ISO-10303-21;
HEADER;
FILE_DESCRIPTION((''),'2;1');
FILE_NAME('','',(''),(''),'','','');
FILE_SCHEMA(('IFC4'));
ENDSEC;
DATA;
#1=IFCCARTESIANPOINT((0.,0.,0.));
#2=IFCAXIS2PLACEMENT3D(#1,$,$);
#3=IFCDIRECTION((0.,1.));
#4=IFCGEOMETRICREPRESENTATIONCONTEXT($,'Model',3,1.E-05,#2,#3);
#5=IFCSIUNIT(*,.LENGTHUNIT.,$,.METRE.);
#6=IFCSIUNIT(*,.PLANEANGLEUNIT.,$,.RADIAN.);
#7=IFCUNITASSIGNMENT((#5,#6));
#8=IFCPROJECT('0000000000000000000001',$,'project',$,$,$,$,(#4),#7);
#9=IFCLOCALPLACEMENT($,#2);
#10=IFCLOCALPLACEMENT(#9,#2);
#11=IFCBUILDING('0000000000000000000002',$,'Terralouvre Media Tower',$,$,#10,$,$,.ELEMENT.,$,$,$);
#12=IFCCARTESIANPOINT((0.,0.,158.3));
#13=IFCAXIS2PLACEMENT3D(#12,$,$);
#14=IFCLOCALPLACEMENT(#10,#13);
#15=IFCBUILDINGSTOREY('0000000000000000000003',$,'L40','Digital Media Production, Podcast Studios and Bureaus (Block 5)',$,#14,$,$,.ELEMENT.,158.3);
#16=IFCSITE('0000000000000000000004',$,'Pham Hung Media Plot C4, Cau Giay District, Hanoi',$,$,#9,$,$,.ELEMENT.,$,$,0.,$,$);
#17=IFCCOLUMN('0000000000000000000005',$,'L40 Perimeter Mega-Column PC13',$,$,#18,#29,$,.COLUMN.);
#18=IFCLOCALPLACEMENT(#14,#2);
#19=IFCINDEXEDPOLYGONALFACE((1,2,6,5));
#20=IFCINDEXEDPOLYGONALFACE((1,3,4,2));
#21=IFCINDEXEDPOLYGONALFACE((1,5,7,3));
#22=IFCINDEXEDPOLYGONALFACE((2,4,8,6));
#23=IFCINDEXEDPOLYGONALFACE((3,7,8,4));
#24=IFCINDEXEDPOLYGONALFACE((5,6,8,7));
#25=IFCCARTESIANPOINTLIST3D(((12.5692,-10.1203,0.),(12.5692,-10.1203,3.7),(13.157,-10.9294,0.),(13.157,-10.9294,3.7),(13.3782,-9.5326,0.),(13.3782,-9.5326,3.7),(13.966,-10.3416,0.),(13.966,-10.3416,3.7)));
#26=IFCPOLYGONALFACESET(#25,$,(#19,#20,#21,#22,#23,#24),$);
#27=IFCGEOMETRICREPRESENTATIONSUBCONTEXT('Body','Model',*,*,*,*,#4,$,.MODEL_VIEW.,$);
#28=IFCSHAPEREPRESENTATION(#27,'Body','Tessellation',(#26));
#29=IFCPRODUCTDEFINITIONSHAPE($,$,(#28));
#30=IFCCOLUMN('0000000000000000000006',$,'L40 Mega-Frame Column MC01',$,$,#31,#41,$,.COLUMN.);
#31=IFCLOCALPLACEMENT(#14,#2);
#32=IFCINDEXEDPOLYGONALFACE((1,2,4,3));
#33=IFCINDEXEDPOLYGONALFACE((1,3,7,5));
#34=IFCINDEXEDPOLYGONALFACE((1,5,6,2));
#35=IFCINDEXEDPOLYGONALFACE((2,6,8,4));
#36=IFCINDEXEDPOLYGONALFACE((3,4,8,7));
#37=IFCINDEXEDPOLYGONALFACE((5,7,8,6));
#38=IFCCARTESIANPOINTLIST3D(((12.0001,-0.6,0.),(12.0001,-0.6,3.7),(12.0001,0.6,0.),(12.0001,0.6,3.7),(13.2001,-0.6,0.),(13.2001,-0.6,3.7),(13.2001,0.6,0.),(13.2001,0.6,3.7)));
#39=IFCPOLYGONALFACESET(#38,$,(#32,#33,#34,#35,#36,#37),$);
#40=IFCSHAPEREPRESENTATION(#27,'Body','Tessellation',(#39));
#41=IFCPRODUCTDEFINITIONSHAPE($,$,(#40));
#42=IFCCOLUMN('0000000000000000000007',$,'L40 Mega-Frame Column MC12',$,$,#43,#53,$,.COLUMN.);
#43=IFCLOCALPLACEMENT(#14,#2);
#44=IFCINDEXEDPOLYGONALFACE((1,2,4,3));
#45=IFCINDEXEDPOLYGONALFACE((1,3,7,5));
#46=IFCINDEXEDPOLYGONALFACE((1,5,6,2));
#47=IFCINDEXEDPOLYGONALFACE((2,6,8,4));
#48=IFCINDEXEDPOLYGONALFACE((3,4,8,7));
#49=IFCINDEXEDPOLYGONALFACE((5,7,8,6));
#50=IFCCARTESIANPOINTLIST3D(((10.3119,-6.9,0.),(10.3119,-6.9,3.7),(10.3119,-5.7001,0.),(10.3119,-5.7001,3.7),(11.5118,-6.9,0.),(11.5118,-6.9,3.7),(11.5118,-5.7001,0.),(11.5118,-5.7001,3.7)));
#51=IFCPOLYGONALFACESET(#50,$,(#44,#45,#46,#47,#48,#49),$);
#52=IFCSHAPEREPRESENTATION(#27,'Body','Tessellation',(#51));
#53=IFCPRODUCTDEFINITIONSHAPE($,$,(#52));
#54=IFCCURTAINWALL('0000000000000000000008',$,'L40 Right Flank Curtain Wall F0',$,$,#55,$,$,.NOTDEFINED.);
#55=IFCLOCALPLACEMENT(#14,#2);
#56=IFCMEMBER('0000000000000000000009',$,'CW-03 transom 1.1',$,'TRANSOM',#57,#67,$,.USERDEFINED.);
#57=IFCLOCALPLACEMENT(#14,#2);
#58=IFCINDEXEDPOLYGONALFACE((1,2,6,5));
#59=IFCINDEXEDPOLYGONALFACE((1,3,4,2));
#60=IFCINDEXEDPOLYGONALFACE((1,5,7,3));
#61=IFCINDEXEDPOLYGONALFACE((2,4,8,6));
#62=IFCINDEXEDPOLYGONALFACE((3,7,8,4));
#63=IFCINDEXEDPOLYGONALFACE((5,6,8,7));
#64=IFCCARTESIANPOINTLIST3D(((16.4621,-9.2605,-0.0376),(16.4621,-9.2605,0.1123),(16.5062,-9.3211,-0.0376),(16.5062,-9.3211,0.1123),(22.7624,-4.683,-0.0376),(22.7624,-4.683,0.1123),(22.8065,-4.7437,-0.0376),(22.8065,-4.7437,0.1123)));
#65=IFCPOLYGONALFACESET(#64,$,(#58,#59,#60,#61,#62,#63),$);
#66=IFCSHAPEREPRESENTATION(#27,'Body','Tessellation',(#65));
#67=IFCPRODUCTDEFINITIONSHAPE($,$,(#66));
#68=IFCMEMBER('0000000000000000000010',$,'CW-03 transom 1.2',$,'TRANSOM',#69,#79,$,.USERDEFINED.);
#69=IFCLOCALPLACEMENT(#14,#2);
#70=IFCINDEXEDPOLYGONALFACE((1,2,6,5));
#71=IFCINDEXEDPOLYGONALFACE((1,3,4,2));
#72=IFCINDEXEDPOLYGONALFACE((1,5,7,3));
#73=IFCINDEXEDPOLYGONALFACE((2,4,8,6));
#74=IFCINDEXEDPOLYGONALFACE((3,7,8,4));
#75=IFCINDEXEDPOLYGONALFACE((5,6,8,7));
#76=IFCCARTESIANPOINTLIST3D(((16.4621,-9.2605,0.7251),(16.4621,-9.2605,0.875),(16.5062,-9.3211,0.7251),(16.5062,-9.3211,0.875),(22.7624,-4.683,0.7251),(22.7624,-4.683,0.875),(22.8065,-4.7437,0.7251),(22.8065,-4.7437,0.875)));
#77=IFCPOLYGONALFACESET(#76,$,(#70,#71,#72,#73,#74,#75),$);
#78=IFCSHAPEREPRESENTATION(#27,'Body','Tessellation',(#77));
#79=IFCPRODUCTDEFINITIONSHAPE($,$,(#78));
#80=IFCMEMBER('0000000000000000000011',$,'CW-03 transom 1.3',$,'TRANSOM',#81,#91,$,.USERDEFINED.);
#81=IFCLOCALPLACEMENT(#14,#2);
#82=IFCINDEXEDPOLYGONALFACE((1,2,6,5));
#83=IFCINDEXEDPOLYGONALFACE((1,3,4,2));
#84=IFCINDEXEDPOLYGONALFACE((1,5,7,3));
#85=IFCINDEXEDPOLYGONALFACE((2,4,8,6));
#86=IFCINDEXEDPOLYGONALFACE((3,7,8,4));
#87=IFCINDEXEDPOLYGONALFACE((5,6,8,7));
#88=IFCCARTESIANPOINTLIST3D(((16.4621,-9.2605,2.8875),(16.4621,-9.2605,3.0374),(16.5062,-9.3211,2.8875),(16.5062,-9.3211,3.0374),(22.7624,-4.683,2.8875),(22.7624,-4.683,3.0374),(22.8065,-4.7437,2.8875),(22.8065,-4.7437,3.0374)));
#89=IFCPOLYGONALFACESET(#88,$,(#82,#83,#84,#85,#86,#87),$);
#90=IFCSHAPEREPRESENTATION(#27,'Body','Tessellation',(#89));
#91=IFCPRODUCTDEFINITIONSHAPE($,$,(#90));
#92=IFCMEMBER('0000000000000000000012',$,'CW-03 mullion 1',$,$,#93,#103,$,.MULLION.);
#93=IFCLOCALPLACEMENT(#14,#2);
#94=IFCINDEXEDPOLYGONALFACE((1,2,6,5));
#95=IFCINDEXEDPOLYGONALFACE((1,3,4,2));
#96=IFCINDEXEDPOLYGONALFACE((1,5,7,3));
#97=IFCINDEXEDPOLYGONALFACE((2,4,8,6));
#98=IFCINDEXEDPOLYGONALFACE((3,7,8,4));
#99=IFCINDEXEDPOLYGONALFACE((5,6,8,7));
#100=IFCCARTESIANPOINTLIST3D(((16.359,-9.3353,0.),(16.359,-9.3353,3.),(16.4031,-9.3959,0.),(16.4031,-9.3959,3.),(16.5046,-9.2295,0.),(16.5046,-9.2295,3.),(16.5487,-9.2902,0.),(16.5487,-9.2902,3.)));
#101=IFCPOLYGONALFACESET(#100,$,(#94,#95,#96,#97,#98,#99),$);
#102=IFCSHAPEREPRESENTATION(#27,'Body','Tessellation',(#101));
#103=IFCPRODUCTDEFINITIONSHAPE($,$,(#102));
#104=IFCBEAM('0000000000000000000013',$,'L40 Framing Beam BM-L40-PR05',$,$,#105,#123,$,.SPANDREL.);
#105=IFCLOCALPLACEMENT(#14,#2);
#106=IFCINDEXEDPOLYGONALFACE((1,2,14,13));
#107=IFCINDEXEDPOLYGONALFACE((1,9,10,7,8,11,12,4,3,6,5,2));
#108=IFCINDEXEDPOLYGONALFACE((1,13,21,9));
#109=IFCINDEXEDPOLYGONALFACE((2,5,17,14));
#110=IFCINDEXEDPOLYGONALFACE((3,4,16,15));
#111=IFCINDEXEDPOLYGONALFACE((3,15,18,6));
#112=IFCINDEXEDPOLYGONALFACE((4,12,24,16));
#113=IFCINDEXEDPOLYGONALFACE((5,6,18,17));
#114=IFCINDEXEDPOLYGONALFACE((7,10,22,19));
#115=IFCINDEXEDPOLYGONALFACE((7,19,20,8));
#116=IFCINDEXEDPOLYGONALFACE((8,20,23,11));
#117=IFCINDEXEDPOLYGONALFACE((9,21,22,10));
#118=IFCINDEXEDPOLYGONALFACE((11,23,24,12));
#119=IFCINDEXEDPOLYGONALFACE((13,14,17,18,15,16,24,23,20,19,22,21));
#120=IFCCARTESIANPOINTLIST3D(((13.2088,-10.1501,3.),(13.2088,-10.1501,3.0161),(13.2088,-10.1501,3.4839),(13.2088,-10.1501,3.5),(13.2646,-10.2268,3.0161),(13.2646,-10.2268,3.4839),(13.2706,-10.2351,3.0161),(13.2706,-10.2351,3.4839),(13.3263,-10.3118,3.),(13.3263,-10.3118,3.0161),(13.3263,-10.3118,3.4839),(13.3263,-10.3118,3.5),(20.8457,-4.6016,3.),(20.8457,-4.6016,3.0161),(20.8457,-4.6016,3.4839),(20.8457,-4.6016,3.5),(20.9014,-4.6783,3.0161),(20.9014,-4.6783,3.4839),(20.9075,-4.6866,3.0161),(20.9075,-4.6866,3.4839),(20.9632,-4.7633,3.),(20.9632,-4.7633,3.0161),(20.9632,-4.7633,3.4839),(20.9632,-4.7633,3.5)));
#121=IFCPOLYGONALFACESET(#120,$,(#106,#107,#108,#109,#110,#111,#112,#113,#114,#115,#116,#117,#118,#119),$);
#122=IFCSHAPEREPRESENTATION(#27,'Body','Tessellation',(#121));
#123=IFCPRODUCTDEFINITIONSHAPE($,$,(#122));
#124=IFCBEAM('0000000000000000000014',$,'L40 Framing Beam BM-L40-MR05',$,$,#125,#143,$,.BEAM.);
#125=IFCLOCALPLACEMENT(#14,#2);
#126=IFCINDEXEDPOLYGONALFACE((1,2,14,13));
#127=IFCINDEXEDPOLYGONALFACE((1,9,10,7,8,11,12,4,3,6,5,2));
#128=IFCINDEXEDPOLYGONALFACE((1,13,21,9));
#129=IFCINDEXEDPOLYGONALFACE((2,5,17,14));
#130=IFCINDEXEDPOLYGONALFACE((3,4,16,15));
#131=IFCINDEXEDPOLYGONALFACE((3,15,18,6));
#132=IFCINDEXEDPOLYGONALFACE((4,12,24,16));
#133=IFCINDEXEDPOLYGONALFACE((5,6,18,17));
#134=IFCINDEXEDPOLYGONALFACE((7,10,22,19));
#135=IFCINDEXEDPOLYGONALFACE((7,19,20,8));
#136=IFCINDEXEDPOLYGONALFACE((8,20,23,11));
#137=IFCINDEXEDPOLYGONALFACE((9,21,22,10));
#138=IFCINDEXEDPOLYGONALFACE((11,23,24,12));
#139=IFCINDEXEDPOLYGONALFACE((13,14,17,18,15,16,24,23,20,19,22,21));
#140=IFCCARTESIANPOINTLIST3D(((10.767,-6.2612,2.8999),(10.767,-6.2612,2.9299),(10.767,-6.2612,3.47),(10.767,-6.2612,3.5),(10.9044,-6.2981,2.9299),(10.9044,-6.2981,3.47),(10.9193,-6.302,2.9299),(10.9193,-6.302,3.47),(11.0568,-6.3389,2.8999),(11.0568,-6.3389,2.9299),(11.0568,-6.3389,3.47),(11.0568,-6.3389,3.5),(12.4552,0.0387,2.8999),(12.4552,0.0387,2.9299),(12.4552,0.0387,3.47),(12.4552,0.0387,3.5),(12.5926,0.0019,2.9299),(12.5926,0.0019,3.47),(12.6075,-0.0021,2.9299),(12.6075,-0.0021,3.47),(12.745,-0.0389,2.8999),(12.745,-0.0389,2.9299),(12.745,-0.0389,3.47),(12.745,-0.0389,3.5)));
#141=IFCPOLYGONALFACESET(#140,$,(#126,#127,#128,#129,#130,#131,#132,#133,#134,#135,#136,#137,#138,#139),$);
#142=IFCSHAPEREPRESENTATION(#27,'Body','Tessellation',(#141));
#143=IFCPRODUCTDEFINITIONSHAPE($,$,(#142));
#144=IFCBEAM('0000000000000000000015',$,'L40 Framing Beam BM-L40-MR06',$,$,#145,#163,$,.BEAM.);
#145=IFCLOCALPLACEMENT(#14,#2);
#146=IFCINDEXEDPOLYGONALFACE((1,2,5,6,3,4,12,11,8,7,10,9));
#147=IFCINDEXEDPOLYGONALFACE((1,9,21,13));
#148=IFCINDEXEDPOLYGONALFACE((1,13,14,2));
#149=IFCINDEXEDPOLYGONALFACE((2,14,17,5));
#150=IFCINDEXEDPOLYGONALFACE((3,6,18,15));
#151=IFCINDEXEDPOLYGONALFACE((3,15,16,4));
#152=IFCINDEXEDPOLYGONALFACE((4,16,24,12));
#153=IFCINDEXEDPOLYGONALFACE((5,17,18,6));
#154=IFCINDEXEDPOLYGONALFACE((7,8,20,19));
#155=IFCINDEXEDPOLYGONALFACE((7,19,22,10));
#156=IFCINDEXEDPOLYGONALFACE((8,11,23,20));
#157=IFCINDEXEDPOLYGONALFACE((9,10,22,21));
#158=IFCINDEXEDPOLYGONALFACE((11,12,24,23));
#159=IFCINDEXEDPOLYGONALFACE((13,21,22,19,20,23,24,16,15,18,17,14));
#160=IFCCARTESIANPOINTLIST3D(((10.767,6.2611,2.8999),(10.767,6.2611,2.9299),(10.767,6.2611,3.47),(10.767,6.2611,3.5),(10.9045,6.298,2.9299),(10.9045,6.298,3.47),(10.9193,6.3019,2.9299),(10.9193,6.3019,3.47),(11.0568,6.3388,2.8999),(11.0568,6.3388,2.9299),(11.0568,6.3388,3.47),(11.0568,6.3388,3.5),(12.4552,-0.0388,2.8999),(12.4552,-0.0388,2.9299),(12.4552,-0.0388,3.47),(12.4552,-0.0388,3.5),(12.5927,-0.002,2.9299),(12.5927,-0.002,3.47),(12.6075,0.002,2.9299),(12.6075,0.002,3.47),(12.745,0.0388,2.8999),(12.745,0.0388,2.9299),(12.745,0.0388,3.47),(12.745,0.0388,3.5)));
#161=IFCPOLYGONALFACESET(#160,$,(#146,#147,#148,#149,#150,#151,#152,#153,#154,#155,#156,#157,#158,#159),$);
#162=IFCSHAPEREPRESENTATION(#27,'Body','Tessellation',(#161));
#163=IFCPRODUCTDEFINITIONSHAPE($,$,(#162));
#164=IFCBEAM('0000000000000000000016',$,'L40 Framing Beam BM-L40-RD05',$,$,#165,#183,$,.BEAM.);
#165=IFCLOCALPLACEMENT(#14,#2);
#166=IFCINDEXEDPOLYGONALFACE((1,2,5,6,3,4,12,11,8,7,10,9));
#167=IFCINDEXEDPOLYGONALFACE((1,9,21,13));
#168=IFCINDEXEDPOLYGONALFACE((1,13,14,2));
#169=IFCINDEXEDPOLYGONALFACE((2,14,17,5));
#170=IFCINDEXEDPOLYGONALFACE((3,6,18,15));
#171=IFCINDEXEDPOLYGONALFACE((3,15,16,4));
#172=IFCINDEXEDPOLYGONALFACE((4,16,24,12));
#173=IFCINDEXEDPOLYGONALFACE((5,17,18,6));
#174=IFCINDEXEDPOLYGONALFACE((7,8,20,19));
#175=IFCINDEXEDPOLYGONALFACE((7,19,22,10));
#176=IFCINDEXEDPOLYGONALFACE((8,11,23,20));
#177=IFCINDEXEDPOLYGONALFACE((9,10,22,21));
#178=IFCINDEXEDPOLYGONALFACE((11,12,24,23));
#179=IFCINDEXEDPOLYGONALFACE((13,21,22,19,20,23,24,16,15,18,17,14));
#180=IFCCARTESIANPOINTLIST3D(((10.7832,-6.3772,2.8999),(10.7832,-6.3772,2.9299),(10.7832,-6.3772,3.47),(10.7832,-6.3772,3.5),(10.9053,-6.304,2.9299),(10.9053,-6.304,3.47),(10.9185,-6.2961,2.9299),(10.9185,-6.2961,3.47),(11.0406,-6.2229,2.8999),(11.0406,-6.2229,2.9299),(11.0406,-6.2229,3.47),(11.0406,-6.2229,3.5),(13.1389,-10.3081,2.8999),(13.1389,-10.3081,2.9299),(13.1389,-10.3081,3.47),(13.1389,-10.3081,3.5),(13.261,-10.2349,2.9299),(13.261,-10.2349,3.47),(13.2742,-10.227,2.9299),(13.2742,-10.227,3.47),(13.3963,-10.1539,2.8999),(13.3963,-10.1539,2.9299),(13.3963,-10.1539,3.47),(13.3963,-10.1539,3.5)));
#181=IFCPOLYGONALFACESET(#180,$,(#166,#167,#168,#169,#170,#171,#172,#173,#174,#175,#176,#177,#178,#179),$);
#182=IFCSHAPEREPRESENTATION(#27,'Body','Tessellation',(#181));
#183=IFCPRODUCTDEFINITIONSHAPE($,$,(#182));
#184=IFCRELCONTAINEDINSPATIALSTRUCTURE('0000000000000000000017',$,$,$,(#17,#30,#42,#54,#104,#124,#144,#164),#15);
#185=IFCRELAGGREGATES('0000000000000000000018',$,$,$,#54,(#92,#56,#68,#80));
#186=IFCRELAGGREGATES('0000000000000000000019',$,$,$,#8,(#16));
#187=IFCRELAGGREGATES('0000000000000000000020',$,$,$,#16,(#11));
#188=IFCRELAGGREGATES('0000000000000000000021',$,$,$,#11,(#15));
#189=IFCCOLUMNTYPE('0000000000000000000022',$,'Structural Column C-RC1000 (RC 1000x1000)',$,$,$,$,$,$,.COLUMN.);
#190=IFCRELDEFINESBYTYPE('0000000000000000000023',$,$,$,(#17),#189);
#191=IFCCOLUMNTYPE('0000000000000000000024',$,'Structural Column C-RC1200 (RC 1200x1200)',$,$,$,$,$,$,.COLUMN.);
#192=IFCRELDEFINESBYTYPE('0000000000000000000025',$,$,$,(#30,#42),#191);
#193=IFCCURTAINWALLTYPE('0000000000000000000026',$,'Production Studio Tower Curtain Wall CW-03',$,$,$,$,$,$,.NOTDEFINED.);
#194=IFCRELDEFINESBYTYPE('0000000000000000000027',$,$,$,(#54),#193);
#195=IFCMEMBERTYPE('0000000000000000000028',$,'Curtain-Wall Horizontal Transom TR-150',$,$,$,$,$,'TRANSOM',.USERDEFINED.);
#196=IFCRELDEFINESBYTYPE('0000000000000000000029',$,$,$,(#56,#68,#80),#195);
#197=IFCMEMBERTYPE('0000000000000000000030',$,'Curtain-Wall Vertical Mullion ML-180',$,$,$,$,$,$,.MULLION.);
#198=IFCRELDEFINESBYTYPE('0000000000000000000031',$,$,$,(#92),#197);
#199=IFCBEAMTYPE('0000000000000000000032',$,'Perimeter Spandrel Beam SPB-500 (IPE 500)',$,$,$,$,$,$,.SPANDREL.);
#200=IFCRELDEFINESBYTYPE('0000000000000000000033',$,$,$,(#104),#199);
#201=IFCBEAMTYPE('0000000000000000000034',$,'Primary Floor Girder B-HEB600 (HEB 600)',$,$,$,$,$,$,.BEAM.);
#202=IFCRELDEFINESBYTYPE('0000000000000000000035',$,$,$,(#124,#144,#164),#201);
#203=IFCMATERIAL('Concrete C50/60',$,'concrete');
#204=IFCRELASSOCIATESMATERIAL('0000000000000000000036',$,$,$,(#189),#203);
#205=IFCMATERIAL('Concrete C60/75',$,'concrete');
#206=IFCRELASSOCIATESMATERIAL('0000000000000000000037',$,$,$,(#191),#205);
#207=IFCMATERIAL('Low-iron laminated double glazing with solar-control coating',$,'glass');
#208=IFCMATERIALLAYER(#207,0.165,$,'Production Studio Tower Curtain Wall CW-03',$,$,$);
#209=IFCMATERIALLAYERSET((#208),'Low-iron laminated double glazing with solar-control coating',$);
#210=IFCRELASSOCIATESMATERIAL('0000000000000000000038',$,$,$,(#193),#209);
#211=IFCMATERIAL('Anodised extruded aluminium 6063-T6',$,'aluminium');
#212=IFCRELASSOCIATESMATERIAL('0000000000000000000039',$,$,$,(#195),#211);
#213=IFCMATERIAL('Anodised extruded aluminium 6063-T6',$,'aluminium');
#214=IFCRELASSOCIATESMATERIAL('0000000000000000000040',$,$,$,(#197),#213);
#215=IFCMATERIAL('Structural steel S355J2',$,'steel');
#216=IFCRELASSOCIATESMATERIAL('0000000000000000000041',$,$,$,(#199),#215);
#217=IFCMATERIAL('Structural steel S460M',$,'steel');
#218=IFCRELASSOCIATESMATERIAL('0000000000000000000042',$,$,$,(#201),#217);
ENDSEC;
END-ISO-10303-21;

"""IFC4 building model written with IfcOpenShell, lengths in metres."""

from ifc_helpers import new_model, si_unit, direction, frame, origin, origin_2d, place, context, subcontext, project, spatial, rectangle, i_section, extrude, material, layer, layer_set, material_profile, profile_set, type_object, element, aggregate, save


model = new_model("IFC4")

# Units and contexts
model_context = context("Model", 3, precision=1e-05, world=origin(), true_north=direction((0.0, 1.0)))
body_context = subcontext(model_context, "Body", "Model", "MODEL_VIEW")
ifc_project = project(units=[si_unit("LENGTHUNIT", "METRE"), si_unit("PLANEANGLEUNIT", "RADIAN")], contexts=[model_context])

# Site, building, storey
site_placement = place(None, origin())
site = spatial("IfcSite", under=ifc_project, at=site_placement, Name="Pham Hung Media Plot C4, Cau Giay District, Hanoi", CompositionType="ELEMENT", RefElevation=0.0)
building_placement = place(site_placement, origin())
building = spatial("IfcBuilding", under=site, at=building_placement, Name="Terralouvre Media Tower", CompositionType="ELEMENT")
storey_placement = place(building_placement, frame((0.0, 0.0, 158.3)))
storey = spatial("IfcBuildingStorey", under=building, at=storey_placement, Name="L40", Description="Digital Media Production, Podcast Studios and Bureaus (Block 5)", CompositionType="ELEMENT", Elevation=158.3)

# Columns
ifc_material_1 = material(Name="Concrete C50/60", Category="concrete")
ifc_material_profile_1 = material_profile(ifc_material_1, rectangle(XDim=1.0, YDim=1.0, at=origin_2d()), Name="RC 1000x1000")
ifc_profile_set_1 = profile_set([ifc_material_profile_1], Name="Concrete C50/60")
column_type_1 = type_object("IfcColumnType", Name="Structural Column C-RC1000 (RC 1000x1000)", PredefinedType="COLUMN", material=ifc_profile_set_1)
column_placement = place(storey_placement, frame((13.2676, -10.231, 0.0), z_axis=(0.0, 0.0, 1.0), x_axis=(0.809017, 0.587785, 0.0)))
element("IfcColumn", 1, at=column_placement, inside=storey, type_object=column_type_1, Name="L40 Perimeter Mega-Column PC13", PredefinedType="COLUMN", context=body_context, shape_type="SweptSolid", body=[
    extrude(rectangle(XDim=1.0, YDim=1.0, at=origin_2d()), origin(), (0.0, 0.0, 1.0), 3.7),
])
ifc_material_2 = material(Name="Concrete C60/75", Category="concrete")
ifc_material_profile_2 = material_profile(ifc_material_2, rectangle(XDim=1.2, YDim=1.2, at=origin_2d()), Name="RC 1200x1200")
ifc_profile_set_2 = profile_set([ifc_material_profile_2], Name="Concrete C60/75")
column_type_2 = type_object("IfcColumnType", Name="Structural Column C-RC1200 (RC 1200x1200)", PredefinedType="COLUMN", material=ifc_profile_set_2)
for number, where, z_axis, x_axis, name in (
    (2, (12.6001, 0.0, 0.0), (0.0, 0.0, 1.0), (1.0, 0.0, 0.0), "L40 Mega-Frame Column MC01"),
    (3, (10.9119, -6.3, 0.0), (0.0, 0.0, 1.0), (1.0, 0.0, 0.0), "L40 Mega-Frame Column MC12"),
):
    element("IfcColumn", number, at=place(storey_placement, frame(where, z_axis=z_axis, x_axis=x_axis)), inside=storey, type_object=column_type_2, Name=name, PredefinedType="COLUMN", context=body_context, shape_type="SweptSolid", body=[
        extrude(rectangle(XDim=1.2, YDim=1.2, at=origin_2d()), origin(), (0.0, 0.0, 1.0), 3.7),
    ])

# Curtain wall, members
ifc_material_3 = material(Name="Low-iron laminated double glazing with solar-control coating", Category="glass")
ifc_layer_1 = layer(ifc_material_3, 0.165, Name="Production Studio Tower Curtain Wall CW-03")
ifc_layer_set_1 = layer_set([ifc_layer_1], Name="Low-iron laminated double glazing with solar-control coating")
curtain_wall_type = type_object("IfcCurtainWallType", Name="Production Studio Tower Curtain Wall CW-03", PredefinedType="NOTDEFINED", material=ifc_layer_set_1)
curtain_wall_placement = place(storey_placement, origin())
curtain_wall = element("IfcCurtainWall", 4, at=curtain_wall_placement, inside=storey, type_object=curtain_wall_type, Name="L40 Right Flank Curtain Wall F0", PredefinedType="NOTDEFINED")
ifc_material_4 = material(Name="Anodised extruded aluminium 6063-T6", Category="aluminium")
ifc_material_profile_3 = material_profile(ifc_material_4, rectangle(XDim=0.075, YDim=0.1499, at=origin_2d()), Name="ALU 75x150")
ifc_profile_set_3 = profile_set([ifc_material_profile_3], Name="Anodised extruded aluminium 6063-T6")
member_type_1 = type_object("IfcMemberType", Name="Curtain-Wall Horizontal Transom TR-150", ElementType="TRANSOM", PredefinedType="USERDEFINED", material=ifc_profile_set_3)
member_1_placement = place(storey_placement, frame((16.4841, -9.2908, 0.0374), z_axis=(0.809019, 0.587782, 0.0), x_axis=(-0.587782, 0.809019, 0.0)))
member_1 = element("IfcMember", 5, at=member_1_placement, type_object=member_type_1, Name="CW-03 transom 1.1", ObjectType="TRANSOM", PredefinedType="USERDEFINED", context=body_context, shape_type="SweptSolid", body=[
    extrude(rectangle(XDim=0.075, YDim=0.1499, at=origin_2d()), origin(), (0.0, 0.0, 1.0), 7.7876),
])
member_2_placement = place(storey_placement, frame((16.4841, -9.2908, 0.8), z_axis=(0.809019, 0.587782, 0.0), x_axis=(-0.587782, 0.809019, 0.0)))
member_2 = element("IfcMember", 6, at=member_2_placement, type_object=member_type_1, Name="CW-03 transom 1.2", ObjectType="TRANSOM", PredefinedType="USERDEFINED", context=body_context, shape_type="SweptSolid", body=[
    extrude(rectangle(XDim=0.075, YDim=0.1499, at=origin_2d()), origin(), (0.0, 0.0, 1.0), 7.7876),
])
member_3_placement = place(storey_placement, frame((16.4841, -9.2908, 2.9624), z_axis=(0.809019, 0.587782, 0.0), x_axis=(-0.587782, 0.809019, 0.0)))
member_3 = element("IfcMember", 7, at=member_3_placement, type_object=member_type_1, Name="CW-03 transom 1.3", ObjectType="TRANSOM", PredefinedType="USERDEFINED", context=body_context, shape_type="SweptSolid", body=[
    extrude(rectangle(XDim=0.075, YDim=0.1499, at=origin_2d()), origin(), (0.0, 0.0, 1.0), 7.7876),
])
ifc_material_5 = material(Name="Anodised extruded aluminium 6063-T6", Category="aluminium")
ifc_material_profile_4 = material_profile(ifc_material_5, rectangle(XDim=0.075, YDim=0.1799, at=origin_2d()), Name="ALU 75x180")
ifc_profile_set_4 = profile_set([ifc_material_profile_4], Name="Anodised extruded aluminium 6063-T6")
member_type_2 = type_object("IfcMemberType", Name="Curtain-Wall Vertical Mullion ML-180", PredefinedType="MULLION", material=ifc_profile_set_4)
member_4_placement = place(storey_placement, frame((16.4539, -9.3127, 0.0), z_axis=(0.0, 0.0, 1.0), x_axis=(-0.587786, 0.809017, 0.0)))
member_4 = element("IfcMember", 8, at=member_4_placement, type_object=member_type_2, Name="CW-03 mullion 1", PredefinedType="MULLION", context=body_context, shape_type="SweptSolid", body=[
    extrude(rectangle(XDim=0.075, YDim=0.1799, at=origin_2d()), origin(), (0.0, 0.0, 1.0), 3.0),
])
aggregate(curtain_wall, [member_4, member_1, member_2, member_3])

# Beams
ifc_material_6 = material(Name="Structural steel S355J2", Category="steel")
ifc_material_profile_5 = material_profile(ifc_material_6, i_section(OverallWidth=0.2, OverallDepth=0.5, WebThickness=0.0103, FlangeThickness=0.0161, at=origin_2d()), Name="IPE 500")
ifc_profile_set_5 = profile_set([ifc_material_profile_5], Name="Structural steel S355J2")
beam_type_1 = type_object("IfcBeamType", Name="Perimeter Spandrel Beam SPB-500 (IPE 500)", PredefinedType="SPANDREL", material=ifc_profile_set_5)
beam_1_placement = place(storey_placement, frame((13.2676, -10.231, 3.25), z_axis=(0.809017, 0.587786, 0.0), x_axis=(-0.587786, 0.809017, 0.0)))
element("IfcBeam", 9, at=beam_1_placement, inside=storey, type_object=beam_type_1, Name="L40 Framing Beam BM-L40-PR05", PredefinedType="SPANDREL", context=body_context, shape_type="SweptSolid", body=[
    extrude(i_section(OverallWidth=0.2, OverallDepth=0.5, WebThickness=0.0103, FlangeThickness=0.0161, at=origin_2d()), origin(), (0.0, 0.0, 1.0), 9.4397),
])
ifc_material_7 = material(Name="Structural steel S460M", Category="steel")
ifc_material_profile_6 = material_profile(ifc_material_7, i_section(OverallWidth=0.3, OverallDepth=0.6001, WebThickness=0.0154, FlangeThickness=0.03, at=origin_2d()), Name="HEB 600")
ifc_profile_set_6 = profile_set([ifc_material_profile_6], Name="Structural steel S460M")
beam_type_2 = type_object("IfcBeamType", Name="Primary Floor Girder B-HEB600 (HEB 600)", PredefinedType="BEAM", material=ifc_profile_set_6)
for number, where, z_axis, x_axis, name in (
    (10, (10.9119, -6.3, 3.2), (0.258839, 0.96592, 0.0), (-0.96592, 0.258839, 0.0), "L40 Framing Beam BM-L40-MR05"),
    (11, (12.6001, 0.0, 3.2), (-0.258839, 0.96592, 0.0), (-0.96592, -0.258839, 0.0), "L40 Framing Beam BM-L40-MR06"),
):
    element("IfcBeam", number, at=place(storey_placement, frame(where, z_axis=z_axis, x_axis=x_axis)), inside=storey, type_object=beam_type_2, Name=name, PredefinedType="BEAM", context=body_context, shape_type="SweptSolid", body=[
        extrude(i_section(OverallWidth=0.3, OverallDepth=0.6001, WebThickness=0.0154, FlangeThickness=0.03, at=origin_2d()), origin(), (0.0, 0.0, 1.0), 6.5222),
    ])
beam_2_placement = place(storey_placement, frame((10.9119, -6.3, 3.2), z_axis=(0.514041, -0.857765, 0.0), x_axis=(0.857765, 0.514041, 0.0)))
element("IfcBeam", 12, at=beam_2_placement, inside=storey, type_object=beam_type_2, Name="L40 Framing Beam BM-L40-RD05", PredefinedType="BEAM", context=body_context, shape_type="SweptSolid", body=[
    extrude(i_section(OverallWidth=0.3, OverallDepth=0.6001, WebThickness=0.0154, FlangeThickness=0.03, at=origin_2d()), origin(), (0.0, 0.0, 1.0), 4.5828),
])

save(model, "model.ifc")
